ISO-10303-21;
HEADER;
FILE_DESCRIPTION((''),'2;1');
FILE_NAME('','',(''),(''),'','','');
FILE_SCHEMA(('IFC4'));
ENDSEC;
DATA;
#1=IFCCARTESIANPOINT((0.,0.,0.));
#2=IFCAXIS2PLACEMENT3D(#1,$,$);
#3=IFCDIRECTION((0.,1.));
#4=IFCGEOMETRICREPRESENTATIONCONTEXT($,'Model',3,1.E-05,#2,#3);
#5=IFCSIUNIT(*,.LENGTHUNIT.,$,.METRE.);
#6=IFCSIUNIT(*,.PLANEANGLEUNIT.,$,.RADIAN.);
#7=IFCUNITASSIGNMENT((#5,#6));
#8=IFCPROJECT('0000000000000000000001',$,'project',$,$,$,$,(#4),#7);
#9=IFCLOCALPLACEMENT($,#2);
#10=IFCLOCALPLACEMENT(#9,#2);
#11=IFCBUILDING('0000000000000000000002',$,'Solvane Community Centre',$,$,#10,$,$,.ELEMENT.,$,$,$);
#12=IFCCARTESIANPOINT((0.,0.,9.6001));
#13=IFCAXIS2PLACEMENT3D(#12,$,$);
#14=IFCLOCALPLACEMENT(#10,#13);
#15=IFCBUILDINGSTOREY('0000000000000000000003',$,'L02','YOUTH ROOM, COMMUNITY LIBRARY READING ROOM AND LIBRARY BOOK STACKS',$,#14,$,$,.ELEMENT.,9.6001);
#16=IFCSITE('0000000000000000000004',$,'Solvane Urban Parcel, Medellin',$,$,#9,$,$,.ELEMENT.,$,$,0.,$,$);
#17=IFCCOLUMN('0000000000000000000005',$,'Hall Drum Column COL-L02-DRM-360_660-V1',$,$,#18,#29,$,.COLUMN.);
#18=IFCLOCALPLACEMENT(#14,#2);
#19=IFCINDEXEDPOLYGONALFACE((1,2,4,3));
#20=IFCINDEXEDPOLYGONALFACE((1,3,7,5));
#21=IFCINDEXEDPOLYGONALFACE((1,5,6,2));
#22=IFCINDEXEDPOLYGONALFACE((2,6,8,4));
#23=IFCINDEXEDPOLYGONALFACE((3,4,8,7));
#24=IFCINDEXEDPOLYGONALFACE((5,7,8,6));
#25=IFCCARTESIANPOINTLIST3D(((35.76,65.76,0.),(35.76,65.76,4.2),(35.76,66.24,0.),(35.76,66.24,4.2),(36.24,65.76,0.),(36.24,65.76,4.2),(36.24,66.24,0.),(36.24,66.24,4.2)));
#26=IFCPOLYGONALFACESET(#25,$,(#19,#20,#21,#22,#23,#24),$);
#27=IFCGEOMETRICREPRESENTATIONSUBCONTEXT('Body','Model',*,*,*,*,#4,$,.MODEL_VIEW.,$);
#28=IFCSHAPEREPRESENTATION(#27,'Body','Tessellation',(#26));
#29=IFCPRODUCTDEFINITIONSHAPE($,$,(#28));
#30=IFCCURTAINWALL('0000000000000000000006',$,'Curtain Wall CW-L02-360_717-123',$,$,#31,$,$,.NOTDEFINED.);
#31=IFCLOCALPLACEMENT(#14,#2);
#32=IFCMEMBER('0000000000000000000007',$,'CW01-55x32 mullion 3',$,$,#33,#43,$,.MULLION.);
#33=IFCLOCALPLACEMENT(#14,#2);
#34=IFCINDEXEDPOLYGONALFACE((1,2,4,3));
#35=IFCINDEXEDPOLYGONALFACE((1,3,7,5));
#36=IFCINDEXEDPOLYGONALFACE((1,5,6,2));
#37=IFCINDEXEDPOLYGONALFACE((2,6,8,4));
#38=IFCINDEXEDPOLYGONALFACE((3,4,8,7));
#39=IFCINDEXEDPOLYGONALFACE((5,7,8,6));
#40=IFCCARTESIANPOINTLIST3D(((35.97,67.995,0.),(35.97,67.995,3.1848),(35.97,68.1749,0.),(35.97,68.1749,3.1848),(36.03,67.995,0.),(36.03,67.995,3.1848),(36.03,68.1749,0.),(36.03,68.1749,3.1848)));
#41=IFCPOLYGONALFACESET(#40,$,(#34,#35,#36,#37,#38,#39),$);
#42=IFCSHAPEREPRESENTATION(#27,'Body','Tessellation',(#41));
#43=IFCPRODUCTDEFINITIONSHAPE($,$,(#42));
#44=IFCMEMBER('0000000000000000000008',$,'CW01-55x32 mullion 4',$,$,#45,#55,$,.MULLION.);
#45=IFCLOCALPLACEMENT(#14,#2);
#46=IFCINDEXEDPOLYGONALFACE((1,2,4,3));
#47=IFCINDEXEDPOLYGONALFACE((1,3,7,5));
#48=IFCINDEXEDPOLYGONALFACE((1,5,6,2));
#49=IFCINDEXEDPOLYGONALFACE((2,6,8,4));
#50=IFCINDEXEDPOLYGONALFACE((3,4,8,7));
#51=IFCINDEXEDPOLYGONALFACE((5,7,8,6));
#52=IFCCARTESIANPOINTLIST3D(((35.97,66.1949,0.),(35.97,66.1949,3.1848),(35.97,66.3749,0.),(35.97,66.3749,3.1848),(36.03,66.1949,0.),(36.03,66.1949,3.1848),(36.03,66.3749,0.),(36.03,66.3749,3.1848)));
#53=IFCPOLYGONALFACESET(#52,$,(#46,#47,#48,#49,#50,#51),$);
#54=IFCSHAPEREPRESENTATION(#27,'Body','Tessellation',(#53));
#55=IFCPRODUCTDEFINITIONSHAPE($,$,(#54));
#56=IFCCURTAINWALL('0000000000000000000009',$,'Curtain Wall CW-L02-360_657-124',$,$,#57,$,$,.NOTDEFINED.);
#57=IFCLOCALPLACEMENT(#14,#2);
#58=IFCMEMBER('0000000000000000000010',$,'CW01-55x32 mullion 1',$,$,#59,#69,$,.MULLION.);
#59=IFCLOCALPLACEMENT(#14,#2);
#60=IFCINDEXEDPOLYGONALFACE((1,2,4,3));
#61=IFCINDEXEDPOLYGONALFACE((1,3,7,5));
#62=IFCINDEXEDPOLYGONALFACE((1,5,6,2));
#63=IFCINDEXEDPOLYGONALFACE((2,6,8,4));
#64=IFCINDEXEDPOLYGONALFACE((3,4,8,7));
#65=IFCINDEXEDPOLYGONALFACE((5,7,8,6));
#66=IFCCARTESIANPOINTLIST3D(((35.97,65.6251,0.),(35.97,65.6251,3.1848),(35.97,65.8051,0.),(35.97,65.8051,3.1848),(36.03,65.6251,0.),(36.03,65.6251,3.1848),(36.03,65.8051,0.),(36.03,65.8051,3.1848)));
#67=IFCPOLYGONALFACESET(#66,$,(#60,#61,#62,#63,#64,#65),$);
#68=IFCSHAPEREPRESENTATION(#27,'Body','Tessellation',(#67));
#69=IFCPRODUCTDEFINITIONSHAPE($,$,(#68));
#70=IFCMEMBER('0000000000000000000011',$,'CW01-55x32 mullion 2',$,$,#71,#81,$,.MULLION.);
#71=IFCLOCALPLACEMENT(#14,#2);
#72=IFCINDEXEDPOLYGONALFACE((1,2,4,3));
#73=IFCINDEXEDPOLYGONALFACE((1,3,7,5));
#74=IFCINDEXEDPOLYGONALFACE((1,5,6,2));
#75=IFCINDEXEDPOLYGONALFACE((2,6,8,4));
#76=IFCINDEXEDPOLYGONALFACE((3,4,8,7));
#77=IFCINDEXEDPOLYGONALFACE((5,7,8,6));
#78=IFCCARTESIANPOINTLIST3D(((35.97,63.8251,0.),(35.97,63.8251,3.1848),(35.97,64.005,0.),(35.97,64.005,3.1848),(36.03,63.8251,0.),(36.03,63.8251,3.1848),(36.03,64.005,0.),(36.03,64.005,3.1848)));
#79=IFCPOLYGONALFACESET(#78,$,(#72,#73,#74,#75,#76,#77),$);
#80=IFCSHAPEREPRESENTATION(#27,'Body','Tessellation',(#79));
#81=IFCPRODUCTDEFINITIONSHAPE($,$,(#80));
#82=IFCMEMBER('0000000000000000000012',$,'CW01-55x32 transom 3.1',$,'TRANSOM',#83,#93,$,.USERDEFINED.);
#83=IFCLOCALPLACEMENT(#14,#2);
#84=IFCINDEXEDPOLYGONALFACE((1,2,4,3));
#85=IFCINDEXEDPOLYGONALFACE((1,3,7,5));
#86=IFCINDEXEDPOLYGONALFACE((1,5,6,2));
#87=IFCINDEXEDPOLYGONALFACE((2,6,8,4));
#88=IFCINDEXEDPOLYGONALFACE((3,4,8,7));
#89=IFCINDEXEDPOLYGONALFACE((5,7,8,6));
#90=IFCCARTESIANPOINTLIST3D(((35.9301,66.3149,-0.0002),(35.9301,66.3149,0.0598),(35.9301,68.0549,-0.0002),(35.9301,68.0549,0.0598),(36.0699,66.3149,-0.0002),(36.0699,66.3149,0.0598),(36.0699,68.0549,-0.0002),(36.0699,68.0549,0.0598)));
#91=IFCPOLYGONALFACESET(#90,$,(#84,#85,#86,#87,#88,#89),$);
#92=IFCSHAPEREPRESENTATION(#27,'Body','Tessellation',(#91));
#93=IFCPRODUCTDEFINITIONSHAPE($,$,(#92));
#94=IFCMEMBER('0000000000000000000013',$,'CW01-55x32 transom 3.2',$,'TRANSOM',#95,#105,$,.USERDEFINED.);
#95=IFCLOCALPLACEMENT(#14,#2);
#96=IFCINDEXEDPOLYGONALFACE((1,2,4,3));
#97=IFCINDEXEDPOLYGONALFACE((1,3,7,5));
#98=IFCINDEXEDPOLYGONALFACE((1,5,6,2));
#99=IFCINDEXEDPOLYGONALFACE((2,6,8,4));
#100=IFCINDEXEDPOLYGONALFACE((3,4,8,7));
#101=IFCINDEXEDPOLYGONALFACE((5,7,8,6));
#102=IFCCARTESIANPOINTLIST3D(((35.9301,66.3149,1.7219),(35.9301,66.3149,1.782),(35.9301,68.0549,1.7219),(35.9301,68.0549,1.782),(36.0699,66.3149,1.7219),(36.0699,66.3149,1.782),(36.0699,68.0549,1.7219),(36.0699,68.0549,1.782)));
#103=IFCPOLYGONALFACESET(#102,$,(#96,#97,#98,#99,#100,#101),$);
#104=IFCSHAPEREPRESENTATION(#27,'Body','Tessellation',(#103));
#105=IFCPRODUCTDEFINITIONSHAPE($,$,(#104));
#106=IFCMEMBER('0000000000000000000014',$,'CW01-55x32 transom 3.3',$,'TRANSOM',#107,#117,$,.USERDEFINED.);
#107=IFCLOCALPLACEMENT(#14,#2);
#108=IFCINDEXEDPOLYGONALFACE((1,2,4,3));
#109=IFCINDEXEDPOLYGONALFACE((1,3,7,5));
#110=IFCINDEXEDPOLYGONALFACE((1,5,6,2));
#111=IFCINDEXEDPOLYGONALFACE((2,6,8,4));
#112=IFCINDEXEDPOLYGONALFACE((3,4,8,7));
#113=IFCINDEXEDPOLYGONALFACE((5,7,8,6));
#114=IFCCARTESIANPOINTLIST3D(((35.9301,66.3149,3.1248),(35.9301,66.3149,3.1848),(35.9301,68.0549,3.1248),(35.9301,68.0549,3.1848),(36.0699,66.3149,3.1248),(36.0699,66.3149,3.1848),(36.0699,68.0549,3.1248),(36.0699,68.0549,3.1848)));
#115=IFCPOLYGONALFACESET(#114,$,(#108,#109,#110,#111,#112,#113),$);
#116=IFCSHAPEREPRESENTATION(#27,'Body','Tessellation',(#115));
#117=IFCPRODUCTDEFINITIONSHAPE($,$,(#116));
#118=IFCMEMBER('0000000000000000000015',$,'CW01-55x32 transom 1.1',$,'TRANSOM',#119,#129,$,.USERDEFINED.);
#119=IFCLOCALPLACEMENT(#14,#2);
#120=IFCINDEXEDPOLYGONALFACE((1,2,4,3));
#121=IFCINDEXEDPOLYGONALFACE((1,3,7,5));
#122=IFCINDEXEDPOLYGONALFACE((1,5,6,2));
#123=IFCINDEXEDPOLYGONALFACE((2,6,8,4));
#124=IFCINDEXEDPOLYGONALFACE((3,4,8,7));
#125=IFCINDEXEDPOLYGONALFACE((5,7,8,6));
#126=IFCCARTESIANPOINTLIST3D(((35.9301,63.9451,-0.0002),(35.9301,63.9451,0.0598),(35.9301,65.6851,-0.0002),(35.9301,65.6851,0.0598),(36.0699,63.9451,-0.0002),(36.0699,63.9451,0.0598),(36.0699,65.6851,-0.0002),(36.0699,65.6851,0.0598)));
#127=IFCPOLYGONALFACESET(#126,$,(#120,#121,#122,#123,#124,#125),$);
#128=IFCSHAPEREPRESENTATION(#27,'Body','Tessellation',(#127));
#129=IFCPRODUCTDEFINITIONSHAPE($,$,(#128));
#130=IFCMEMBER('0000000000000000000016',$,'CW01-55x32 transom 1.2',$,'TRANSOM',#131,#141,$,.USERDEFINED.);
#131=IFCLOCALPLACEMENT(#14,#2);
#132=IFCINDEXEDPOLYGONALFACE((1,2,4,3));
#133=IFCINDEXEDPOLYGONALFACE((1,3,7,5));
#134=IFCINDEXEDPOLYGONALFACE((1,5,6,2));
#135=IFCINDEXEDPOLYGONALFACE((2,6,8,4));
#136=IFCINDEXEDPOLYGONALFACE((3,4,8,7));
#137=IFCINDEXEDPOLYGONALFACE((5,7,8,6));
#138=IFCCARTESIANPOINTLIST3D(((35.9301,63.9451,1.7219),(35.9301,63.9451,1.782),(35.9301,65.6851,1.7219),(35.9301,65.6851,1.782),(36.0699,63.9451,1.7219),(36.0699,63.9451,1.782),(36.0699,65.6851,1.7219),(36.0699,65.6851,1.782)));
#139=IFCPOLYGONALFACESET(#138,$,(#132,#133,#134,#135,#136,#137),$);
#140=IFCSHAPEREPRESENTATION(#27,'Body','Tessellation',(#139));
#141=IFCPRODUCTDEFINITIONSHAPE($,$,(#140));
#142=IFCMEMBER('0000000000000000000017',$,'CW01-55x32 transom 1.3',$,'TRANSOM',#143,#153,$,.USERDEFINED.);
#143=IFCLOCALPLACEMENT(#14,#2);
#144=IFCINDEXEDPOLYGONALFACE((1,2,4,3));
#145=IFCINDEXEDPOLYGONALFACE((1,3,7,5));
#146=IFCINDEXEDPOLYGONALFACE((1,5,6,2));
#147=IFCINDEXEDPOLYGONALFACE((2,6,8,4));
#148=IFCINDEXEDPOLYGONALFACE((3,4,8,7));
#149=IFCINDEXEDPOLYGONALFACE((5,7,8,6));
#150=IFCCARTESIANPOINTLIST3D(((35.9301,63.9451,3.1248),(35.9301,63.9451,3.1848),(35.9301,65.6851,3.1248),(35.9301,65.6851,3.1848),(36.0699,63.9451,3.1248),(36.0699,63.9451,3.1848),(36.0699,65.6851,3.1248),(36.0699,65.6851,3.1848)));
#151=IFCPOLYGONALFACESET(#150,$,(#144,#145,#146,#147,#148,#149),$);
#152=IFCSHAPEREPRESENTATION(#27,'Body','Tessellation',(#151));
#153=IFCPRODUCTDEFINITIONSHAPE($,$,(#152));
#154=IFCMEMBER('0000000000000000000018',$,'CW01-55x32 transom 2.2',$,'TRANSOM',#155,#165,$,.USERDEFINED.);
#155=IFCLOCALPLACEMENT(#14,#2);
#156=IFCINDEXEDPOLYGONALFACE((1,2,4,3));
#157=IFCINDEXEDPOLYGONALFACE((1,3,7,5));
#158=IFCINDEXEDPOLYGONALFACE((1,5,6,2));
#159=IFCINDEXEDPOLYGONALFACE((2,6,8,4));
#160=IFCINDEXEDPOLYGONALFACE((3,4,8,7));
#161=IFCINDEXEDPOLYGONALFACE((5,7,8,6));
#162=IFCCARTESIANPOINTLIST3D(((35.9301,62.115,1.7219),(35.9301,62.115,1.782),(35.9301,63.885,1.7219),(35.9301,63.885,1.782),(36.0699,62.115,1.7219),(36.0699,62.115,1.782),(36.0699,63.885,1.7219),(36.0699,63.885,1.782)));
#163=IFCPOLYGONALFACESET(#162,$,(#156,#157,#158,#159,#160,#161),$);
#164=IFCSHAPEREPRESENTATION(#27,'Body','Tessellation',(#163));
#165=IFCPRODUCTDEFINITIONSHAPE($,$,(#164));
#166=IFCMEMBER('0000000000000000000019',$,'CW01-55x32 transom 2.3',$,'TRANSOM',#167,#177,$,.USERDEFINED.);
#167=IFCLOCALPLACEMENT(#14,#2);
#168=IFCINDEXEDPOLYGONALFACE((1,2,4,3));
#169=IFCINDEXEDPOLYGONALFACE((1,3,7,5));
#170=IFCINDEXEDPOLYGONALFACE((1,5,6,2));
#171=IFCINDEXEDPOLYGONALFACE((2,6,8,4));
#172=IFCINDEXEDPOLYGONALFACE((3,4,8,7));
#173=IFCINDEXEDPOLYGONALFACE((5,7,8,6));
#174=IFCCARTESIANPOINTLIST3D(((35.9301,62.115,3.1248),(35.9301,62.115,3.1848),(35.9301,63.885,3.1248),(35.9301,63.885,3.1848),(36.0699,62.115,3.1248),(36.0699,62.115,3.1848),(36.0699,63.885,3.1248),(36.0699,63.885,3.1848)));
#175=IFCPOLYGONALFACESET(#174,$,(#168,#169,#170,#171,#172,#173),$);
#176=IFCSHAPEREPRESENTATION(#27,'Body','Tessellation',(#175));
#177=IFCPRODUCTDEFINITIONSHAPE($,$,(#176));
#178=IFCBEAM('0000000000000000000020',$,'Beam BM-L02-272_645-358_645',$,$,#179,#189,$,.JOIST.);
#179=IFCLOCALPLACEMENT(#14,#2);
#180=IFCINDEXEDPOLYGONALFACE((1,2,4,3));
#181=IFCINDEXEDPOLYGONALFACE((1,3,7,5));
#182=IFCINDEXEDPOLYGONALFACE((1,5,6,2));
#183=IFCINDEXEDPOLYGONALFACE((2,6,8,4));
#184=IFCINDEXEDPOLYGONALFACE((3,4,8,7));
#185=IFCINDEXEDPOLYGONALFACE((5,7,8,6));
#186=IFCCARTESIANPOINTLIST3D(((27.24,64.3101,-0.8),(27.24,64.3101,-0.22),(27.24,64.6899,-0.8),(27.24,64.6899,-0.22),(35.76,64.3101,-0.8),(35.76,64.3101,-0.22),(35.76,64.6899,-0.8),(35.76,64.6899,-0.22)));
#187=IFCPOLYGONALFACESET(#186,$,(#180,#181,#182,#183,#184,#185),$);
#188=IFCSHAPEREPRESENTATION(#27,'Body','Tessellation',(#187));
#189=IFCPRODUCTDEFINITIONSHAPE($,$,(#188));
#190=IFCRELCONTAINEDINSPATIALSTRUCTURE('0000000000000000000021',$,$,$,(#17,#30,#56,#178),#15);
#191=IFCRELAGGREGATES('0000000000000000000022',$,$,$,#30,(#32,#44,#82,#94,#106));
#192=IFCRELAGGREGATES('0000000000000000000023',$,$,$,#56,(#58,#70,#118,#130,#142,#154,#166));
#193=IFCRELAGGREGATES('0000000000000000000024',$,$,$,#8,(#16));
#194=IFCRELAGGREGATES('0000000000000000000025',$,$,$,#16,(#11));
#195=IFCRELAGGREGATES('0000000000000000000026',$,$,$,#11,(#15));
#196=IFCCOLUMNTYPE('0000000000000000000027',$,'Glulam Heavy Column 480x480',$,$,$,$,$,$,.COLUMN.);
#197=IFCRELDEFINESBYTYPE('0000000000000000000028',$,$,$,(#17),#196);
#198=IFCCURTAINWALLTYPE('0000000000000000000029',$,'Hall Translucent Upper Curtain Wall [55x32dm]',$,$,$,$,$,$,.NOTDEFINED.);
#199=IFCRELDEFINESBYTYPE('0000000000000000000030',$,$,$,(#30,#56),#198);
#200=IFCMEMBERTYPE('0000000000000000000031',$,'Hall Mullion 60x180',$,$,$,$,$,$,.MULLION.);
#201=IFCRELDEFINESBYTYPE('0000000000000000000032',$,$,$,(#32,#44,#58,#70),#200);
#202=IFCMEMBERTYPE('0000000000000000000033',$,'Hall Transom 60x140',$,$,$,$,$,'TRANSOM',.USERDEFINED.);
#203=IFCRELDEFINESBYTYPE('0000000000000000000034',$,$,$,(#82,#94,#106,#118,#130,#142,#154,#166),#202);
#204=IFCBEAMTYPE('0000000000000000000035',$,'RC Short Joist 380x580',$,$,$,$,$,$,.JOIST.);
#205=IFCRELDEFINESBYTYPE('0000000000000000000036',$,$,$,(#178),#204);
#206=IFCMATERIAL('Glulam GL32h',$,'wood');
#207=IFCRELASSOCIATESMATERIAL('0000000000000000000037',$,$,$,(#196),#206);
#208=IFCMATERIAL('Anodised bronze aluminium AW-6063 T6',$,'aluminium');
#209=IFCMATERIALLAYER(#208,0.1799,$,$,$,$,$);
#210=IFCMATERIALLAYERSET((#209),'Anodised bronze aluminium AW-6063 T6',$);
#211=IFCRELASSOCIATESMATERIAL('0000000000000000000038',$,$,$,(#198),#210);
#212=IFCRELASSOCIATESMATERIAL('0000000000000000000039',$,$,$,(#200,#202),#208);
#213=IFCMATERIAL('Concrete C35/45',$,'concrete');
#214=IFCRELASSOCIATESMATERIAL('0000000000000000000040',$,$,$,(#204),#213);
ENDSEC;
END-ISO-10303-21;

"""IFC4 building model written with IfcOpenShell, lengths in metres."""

from ifc_helpers import new_model, si_unit, direction, frame, origin, origin_2d, place, context, subcontext, project, spatial, rectangle, extrude, material, layer, layer_set, material_profile, profile_set, type_object, element, aggregate, save


model = new_model("IFC4")

# Units and contexts
model_context = context("Model", 3, precision=1e-05, world=origin(), true_north=direction((0.0, 1.0)))
body_context = subcontext(model_context, "Body", "Model", "MODEL_VIEW")
ifc_project = project(units=[si_unit("LENGTHUNIT", "METRE"), si_unit("PLANEANGLEUNIT", "RADIAN")], contexts=[model_context])

# Site, building, storey
site_placement = place(None, origin())
site = spatial("IfcSite", under=ifc_project, at=site_placement, Name="Solvane Urban Parcel, Medellin", CompositionType="ELEMENT", RefElevation=0.0)
building_placement = place(site_placement, origin())
building = spatial("IfcBuilding", under=site, at=building_placement, Name="Solvane Community Centre", CompositionType="ELEMENT")
storey_placement = place(building_placement, frame((0.0, 0.0, 9.6001)))
storey = spatial("IfcBuildingStorey", under=building, at=storey_placement, Name="L02", Description="YOUTH ROOM, COMMUNITY LIBRARY READING ROOM AND LIBRARY BOOK STACKS", CompositionType="ELEMENT", Elevation=9.6001)

# Column
ifc_material_1 = material(Name="Glulam GL32h", Category="wood")
ifc_material_profile_1 = material_profile(ifc_material_1, rectangle(XDim=0.48, YDim=0.48, at=origin_2d()), Name="GL32h 480x480")
ifc_profile_set_1 = profile_set([ifc_material_profile_1], Name="Glulam GL32h")
column_type = type_object("IfcColumnType", Name="Glulam Heavy Column 480x480", PredefinedType="COLUMN", material=ifc_profile_set_1)
column_placement = place(storey_placement, frame((36.0, 66.0, 0.0), z_axis=(0.0, 0.0, 1.0), x_axis=(1.0, 0.0, 0.0)))
element("IfcColumn", 1, at=column_placement, inside=storey, type_object=column_type, Name="Hall Drum Column COL-L02-DRM-360_660-V1", PredefinedType="COLUMN", context=body_context, shape_type="SweptSolid", body=[
    extrude(rectangle(XDim=0.48, YDim=0.48, at=origin_2d()), origin(), (0.0, 0.0, 1.0), 4.2),
])

# Curtain walls, members
ifc_material_2 = material(Name="Anodised bronze aluminium AW-6063 T6", Category="aluminium")
ifc_layer_1 = layer(ifc_material_2, 0.1799)
ifc_layer_set_1 = layer_set([ifc_layer_1], Name="Anodised bronze aluminium AW-6063 T6")
curtain_wall_type = type_object("IfcCurtainWallType", Name="Hall Translucent Upper Curtain Wall [55x32dm]", PredefinedType="NOTDEFINED", material=ifc_layer_set_1)
curtain_wall_1_placement = place(storey_placement, origin())
curtain_wall_1 = element("IfcCurtainWall", 2, at=curtain_wall_1_placement, inside=storey, type_object=curtain_wall_type, Name="Curtain Wall CW-L02-360_717-123", PredefinedType="NOTDEFINED")
ifc_material_profile_2 = material_profile(ifc_material_2, rectangle(XDim=0.0601, YDim=0.1799, at=origin_2d()), Name="CW-M 60x180")
ifc_profile_set_2 = profile_set([ifc_material_profile_2], Name="Anodised bronze aluminium AW-6063 T6")
member_type_1 = type_object("IfcMemberType", Name="Hall Mullion 60x180", PredefinedType="MULLION", material=ifc_profile_set_2)
member_1_placement = place(storey_placement, frame((36.0, 68.085, 0.0), z_axis=(0.0, 0.0, 1.0), x_axis=(1.0, 0.0, 0.0)))
member_1 = element("IfcMember", 3, at=member_1_placement, type_object=member_type_1, Name="CW01-55x32 mullion 3", PredefinedType="MULLION", context=body_context, shape_type="SweptSolid", body=[
    extrude(rectangle(XDim=0.0601, YDim=0.1799, at=origin_2d()), origin(), (0.0, 0.0, 1.0), 3.1848),
])
member_2_placement = place(storey_placement, frame((36.0, 66.2849, 0.0), z_axis=(0.0, 0.0, 1.0), x_axis=(1.0, 0.0, 0.0)))
member_2 = element("IfcMember", 4, at=member_2_placement, type_object=member_type_1, Name="CW01-55x32 mullion 4", PredefinedType="MULLION", context=body_context, shape_type="SweptSolid", body=[
    extrude(rectangle(XDim=0.0601, YDim=0.1799, at=origin_2d()), origin(), (0.0, 0.0, 1.0), 3.1848),
])
curtain_wall_2_placement = place(storey_placement, origin())
curtain_wall_2 = element("IfcCurtainWall", 5, at=curtain_wall_2_placement, inside=storey, type_object=curtain_wall_type, Name="Curtain Wall CW-L02-360_657-124", PredefinedType="NOTDEFINED")
member_3_placement = place(storey_placement, frame((36.0, 65.7151, 0.0), z_axis=(0.0, 0.0, 1.0), x_axis=(1.0, 0.0, 0.0)))
member_3 = element("IfcMember", 6, at=member_3_placement, type_object=member_type_1, Name="CW01-55x32 mullion 1", PredefinedType="MULLION", context=body_context, shape_type="SweptSolid", body=[
    extrude(rectangle(XDim=0.0601, YDim=0.1799, at=origin_2d()), origin(), (0.0, 0.0, 1.0), 3.1848),
])
member_4_placement = place(storey_placement, frame((36.0, 63.915, 0.0), z_axis=(0.0, 0.0, 1.0), x_axis=(1.0, 0.0, 0.0)))
member_4 = element("IfcMember", 7, at=member_4_placement, type_object=member_type_1, Name="CW01-55x32 mullion 2", PredefinedType="MULLION", context=body_context, shape_type="SweptSolid", body=[
    extrude(rectangle(XDim=0.0601, YDim=0.1799, at=origin_2d()), origin(), (0.0, 0.0, 1.0), 3.1848),
])

# Members
ifc_material_profile_3 = material_profile(ifc_material_2, rectangle(XDim=0.1399, YDim=0.0601, at=origin_2d()), Name="CW-T 60x140")
ifc_profile_set_3 = profile_set([ifc_material_profile_3], Name="Anodised bronze aluminium AW-6063 T6")
member_type_2 = type_object("IfcMemberType", Name="Hall Transom 60x140", ElementType="TRANSOM", PredefinedType="USERDEFINED", material=ifc_profile_set_3)
member_5_placement = place(storey_placement, frame((36.0, 68.0549, 0.0298), z_axis=(0.0, -1.0, 0.0), x_axis=(1.0, 0.0, 0.0)))
member_5 = element("IfcMember", 8, at=member_5_placement, type_object=member_type_2, Name="CW01-55x32 transom 3.1", ObjectType="TRANSOM", PredefinedType="USERDEFINED", context=body_context, shape_type="SweptSolid", body=[
    extrude(rectangle(XDim=0.1399, YDim=0.0601, at=origin_2d()), origin(), (0.0, 0.0, 1.0), 1.74),
])
member_6_placement = place(storey_placement, frame((36.0, 68.0549, 1.752), z_axis=(0.0, -1.0, 0.0), x_axis=(1.0, 0.0, 0.0)))
member_6 = element("IfcMember", 9, at=member_6_placement, type_object=member_type_2, Name="CW01-55x32 transom 3.2", ObjectType="TRANSOM", PredefinedType="USERDEFINED", context=body_context, shape_type="SweptSolid", body=[
    extrude(rectangle(XDim=0.1399, YDim=0.0601, at=origin_2d()), origin(), (0.0, 0.0, 1.0), 1.74),
])
member_7_placement = place(storey_placement, frame((36.0, 68.0549, 3.1548), z_axis=(0.0, -1.0, 0.0), x_axis=(1.0, 0.0, 0.0)))
member_7 = element("IfcMember", 10, at=member_7_placement, type_object=member_type_2, Name="CW01-55x32 transom 3.3", ObjectType="TRANSOM", PredefinedType="USERDEFINED", context=body_context, shape_type="SweptSolid", body=[
    extrude(rectangle(XDim=0.1399, YDim=0.0601, at=origin_2d()), origin(), (0.0, 0.0, 1.0), 1.74),
])
member_8_placement = place(storey_placement, frame((36.0, 65.6851, 0.0298), z_axis=(0.0, -1.0, 0.0), x_axis=(1.0, 0.0, 0.0)))
member_8 = element("IfcMember", 11, at=member_8_placement, type_object=member_type_2, Name="CW01-55x32 transom 1.1", ObjectType="TRANSOM", PredefinedType="USERDEFINED", context=body_context, shape_type="SweptSolid", body=[
    extrude(rectangle(XDim=0.1399, YDim=0.0601, at=origin_2d()), origin(), (0.0, 0.0, 1.0), 1.74),
])
member_9_placement = place(storey_placement, frame((36.0, 65.6851, 1.752), z_axis=(0.0, -1.0, 0.0), x_axis=(1.0, 0.0, 0.0)))
member_9 = element("IfcMember", 12, at=member_9_placement, type_object=member_type_2, Name="CW01-55x32 transom 1.2", ObjectType="TRANSOM", PredefinedType="USERDEFINED", context=body_context, shape_type="SweptSolid", body=[
    extrude(rectangle(XDim=0.1399, YDim=0.0601, at=origin_2d()), origin(), (0.0, 0.0, 1.0), 1.74),
])
member_10_placement = place(storey_placement, frame((36.0, 65.6851, 3.1548), z_axis=(0.0, -1.0, 0.0), x_axis=(1.0, 0.0, 0.0)))
member_10 = element("IfcMember", 13, at=member_10_placement, type_object=member_type_2, Name="CW01-55x32 transom 1.3", ObjectType="TRANSOM", PredefinedType="USERDEFINED", context=body_context, shape_type="SweptSolid", body=[
    extrude(rectangle(XDim=0.1399, YDim=0.0601, at=origin_2d()), origin(), (0.0, 0.0, 1.0), 1.74),
])
member_11_placement = place(storey_placement, frame((36.0, 63.885, 1.752), z_axis=(0.0, -1.0, 0.0), x_axis=(1.0, 0.0, 0.0)))
member_11 = element("IfcMember", 14, at=member_11_placement, type_object=member_type_2, Name="CW01-55x32 transom 2.2", ObjectType="TRANSOM", PredefinedType="USERDEFINED", context=body_context, shape_type="SweptSolid", body=[
    extrude(rectangle(XDim=0.1399, YDim=0.0601, at=origin_2d()), origin(), (0.0, 0.0, 1.0), 1.77),
])
member_12_placement = place(storey_placement, frame((36.0, 63.885, 3.1548), z_axis=(0.0, -1.0, 0.0), x_axis=(1.0, 0.0, 0.0)))
member_12 = element("IfcMember", 15, at=member_12_placement, type_object=member_type_2, Name="CW01-55x32 transom 2.3", ObjectType="TRANSOM", PredefinedType="USERDEFINED", context=body_context, shape_type="SweptSolid", body=[
    extrude(rectangle(XDim=0.1399, YDim=0.0601, at=origin_2d()), origin(), (0.0, 0.0, 1.0), 1.77),
])

# Beam
ifc_material_3 = material(Name="Concrete C35/45", Category="concrete")
ifc_material_profile_4 = material_profile(ifc_material_3, rectangle(XDim=0.3799, YDim=0.5801, at=origin_2d()), Name="RC 380x580")
ifc_profile_set_4 = profile_set([ifc_material_profile_4], Name="Concrete C35/45")
beam_type_1 = type_object("IfcBeamType", Name="RC Short Joist 380x580", PredefinedType="JOIST", material=ifc_profile_set_4)
for number, where, z_axis, x_axis, name in (
    (16, (27.24, 64.5, -0.51), (1.0, 0.0, 0.0), (0.0, 1.0, 0.0), "Beam BM-L02-272_645-358_645"),
):
    element("IfcBeam", number, at=place(storey_placement, frame(where, z_axis=z_axis, x_axis=x_axis)), inside=storey, type_object=beam_type_1, Name=name, PredefinedType="JOIST", context=body_context, shape_type="SweptSolid", body=[
        extrude(rectangle(XDim=0.3799, YDim=0.5801, at=origin_2d()), origin(), (0.0, 0.0, 1.0), 8.52),
    ])

aggregate(curtain_wall_1, [member_1, member_2, member_5, member_6, member_7])
aggregate(curtain_wall_2, [member_3, member_4, member_8, member_9, member_10, member_11, member_12])

save(model, "model.ifc")
